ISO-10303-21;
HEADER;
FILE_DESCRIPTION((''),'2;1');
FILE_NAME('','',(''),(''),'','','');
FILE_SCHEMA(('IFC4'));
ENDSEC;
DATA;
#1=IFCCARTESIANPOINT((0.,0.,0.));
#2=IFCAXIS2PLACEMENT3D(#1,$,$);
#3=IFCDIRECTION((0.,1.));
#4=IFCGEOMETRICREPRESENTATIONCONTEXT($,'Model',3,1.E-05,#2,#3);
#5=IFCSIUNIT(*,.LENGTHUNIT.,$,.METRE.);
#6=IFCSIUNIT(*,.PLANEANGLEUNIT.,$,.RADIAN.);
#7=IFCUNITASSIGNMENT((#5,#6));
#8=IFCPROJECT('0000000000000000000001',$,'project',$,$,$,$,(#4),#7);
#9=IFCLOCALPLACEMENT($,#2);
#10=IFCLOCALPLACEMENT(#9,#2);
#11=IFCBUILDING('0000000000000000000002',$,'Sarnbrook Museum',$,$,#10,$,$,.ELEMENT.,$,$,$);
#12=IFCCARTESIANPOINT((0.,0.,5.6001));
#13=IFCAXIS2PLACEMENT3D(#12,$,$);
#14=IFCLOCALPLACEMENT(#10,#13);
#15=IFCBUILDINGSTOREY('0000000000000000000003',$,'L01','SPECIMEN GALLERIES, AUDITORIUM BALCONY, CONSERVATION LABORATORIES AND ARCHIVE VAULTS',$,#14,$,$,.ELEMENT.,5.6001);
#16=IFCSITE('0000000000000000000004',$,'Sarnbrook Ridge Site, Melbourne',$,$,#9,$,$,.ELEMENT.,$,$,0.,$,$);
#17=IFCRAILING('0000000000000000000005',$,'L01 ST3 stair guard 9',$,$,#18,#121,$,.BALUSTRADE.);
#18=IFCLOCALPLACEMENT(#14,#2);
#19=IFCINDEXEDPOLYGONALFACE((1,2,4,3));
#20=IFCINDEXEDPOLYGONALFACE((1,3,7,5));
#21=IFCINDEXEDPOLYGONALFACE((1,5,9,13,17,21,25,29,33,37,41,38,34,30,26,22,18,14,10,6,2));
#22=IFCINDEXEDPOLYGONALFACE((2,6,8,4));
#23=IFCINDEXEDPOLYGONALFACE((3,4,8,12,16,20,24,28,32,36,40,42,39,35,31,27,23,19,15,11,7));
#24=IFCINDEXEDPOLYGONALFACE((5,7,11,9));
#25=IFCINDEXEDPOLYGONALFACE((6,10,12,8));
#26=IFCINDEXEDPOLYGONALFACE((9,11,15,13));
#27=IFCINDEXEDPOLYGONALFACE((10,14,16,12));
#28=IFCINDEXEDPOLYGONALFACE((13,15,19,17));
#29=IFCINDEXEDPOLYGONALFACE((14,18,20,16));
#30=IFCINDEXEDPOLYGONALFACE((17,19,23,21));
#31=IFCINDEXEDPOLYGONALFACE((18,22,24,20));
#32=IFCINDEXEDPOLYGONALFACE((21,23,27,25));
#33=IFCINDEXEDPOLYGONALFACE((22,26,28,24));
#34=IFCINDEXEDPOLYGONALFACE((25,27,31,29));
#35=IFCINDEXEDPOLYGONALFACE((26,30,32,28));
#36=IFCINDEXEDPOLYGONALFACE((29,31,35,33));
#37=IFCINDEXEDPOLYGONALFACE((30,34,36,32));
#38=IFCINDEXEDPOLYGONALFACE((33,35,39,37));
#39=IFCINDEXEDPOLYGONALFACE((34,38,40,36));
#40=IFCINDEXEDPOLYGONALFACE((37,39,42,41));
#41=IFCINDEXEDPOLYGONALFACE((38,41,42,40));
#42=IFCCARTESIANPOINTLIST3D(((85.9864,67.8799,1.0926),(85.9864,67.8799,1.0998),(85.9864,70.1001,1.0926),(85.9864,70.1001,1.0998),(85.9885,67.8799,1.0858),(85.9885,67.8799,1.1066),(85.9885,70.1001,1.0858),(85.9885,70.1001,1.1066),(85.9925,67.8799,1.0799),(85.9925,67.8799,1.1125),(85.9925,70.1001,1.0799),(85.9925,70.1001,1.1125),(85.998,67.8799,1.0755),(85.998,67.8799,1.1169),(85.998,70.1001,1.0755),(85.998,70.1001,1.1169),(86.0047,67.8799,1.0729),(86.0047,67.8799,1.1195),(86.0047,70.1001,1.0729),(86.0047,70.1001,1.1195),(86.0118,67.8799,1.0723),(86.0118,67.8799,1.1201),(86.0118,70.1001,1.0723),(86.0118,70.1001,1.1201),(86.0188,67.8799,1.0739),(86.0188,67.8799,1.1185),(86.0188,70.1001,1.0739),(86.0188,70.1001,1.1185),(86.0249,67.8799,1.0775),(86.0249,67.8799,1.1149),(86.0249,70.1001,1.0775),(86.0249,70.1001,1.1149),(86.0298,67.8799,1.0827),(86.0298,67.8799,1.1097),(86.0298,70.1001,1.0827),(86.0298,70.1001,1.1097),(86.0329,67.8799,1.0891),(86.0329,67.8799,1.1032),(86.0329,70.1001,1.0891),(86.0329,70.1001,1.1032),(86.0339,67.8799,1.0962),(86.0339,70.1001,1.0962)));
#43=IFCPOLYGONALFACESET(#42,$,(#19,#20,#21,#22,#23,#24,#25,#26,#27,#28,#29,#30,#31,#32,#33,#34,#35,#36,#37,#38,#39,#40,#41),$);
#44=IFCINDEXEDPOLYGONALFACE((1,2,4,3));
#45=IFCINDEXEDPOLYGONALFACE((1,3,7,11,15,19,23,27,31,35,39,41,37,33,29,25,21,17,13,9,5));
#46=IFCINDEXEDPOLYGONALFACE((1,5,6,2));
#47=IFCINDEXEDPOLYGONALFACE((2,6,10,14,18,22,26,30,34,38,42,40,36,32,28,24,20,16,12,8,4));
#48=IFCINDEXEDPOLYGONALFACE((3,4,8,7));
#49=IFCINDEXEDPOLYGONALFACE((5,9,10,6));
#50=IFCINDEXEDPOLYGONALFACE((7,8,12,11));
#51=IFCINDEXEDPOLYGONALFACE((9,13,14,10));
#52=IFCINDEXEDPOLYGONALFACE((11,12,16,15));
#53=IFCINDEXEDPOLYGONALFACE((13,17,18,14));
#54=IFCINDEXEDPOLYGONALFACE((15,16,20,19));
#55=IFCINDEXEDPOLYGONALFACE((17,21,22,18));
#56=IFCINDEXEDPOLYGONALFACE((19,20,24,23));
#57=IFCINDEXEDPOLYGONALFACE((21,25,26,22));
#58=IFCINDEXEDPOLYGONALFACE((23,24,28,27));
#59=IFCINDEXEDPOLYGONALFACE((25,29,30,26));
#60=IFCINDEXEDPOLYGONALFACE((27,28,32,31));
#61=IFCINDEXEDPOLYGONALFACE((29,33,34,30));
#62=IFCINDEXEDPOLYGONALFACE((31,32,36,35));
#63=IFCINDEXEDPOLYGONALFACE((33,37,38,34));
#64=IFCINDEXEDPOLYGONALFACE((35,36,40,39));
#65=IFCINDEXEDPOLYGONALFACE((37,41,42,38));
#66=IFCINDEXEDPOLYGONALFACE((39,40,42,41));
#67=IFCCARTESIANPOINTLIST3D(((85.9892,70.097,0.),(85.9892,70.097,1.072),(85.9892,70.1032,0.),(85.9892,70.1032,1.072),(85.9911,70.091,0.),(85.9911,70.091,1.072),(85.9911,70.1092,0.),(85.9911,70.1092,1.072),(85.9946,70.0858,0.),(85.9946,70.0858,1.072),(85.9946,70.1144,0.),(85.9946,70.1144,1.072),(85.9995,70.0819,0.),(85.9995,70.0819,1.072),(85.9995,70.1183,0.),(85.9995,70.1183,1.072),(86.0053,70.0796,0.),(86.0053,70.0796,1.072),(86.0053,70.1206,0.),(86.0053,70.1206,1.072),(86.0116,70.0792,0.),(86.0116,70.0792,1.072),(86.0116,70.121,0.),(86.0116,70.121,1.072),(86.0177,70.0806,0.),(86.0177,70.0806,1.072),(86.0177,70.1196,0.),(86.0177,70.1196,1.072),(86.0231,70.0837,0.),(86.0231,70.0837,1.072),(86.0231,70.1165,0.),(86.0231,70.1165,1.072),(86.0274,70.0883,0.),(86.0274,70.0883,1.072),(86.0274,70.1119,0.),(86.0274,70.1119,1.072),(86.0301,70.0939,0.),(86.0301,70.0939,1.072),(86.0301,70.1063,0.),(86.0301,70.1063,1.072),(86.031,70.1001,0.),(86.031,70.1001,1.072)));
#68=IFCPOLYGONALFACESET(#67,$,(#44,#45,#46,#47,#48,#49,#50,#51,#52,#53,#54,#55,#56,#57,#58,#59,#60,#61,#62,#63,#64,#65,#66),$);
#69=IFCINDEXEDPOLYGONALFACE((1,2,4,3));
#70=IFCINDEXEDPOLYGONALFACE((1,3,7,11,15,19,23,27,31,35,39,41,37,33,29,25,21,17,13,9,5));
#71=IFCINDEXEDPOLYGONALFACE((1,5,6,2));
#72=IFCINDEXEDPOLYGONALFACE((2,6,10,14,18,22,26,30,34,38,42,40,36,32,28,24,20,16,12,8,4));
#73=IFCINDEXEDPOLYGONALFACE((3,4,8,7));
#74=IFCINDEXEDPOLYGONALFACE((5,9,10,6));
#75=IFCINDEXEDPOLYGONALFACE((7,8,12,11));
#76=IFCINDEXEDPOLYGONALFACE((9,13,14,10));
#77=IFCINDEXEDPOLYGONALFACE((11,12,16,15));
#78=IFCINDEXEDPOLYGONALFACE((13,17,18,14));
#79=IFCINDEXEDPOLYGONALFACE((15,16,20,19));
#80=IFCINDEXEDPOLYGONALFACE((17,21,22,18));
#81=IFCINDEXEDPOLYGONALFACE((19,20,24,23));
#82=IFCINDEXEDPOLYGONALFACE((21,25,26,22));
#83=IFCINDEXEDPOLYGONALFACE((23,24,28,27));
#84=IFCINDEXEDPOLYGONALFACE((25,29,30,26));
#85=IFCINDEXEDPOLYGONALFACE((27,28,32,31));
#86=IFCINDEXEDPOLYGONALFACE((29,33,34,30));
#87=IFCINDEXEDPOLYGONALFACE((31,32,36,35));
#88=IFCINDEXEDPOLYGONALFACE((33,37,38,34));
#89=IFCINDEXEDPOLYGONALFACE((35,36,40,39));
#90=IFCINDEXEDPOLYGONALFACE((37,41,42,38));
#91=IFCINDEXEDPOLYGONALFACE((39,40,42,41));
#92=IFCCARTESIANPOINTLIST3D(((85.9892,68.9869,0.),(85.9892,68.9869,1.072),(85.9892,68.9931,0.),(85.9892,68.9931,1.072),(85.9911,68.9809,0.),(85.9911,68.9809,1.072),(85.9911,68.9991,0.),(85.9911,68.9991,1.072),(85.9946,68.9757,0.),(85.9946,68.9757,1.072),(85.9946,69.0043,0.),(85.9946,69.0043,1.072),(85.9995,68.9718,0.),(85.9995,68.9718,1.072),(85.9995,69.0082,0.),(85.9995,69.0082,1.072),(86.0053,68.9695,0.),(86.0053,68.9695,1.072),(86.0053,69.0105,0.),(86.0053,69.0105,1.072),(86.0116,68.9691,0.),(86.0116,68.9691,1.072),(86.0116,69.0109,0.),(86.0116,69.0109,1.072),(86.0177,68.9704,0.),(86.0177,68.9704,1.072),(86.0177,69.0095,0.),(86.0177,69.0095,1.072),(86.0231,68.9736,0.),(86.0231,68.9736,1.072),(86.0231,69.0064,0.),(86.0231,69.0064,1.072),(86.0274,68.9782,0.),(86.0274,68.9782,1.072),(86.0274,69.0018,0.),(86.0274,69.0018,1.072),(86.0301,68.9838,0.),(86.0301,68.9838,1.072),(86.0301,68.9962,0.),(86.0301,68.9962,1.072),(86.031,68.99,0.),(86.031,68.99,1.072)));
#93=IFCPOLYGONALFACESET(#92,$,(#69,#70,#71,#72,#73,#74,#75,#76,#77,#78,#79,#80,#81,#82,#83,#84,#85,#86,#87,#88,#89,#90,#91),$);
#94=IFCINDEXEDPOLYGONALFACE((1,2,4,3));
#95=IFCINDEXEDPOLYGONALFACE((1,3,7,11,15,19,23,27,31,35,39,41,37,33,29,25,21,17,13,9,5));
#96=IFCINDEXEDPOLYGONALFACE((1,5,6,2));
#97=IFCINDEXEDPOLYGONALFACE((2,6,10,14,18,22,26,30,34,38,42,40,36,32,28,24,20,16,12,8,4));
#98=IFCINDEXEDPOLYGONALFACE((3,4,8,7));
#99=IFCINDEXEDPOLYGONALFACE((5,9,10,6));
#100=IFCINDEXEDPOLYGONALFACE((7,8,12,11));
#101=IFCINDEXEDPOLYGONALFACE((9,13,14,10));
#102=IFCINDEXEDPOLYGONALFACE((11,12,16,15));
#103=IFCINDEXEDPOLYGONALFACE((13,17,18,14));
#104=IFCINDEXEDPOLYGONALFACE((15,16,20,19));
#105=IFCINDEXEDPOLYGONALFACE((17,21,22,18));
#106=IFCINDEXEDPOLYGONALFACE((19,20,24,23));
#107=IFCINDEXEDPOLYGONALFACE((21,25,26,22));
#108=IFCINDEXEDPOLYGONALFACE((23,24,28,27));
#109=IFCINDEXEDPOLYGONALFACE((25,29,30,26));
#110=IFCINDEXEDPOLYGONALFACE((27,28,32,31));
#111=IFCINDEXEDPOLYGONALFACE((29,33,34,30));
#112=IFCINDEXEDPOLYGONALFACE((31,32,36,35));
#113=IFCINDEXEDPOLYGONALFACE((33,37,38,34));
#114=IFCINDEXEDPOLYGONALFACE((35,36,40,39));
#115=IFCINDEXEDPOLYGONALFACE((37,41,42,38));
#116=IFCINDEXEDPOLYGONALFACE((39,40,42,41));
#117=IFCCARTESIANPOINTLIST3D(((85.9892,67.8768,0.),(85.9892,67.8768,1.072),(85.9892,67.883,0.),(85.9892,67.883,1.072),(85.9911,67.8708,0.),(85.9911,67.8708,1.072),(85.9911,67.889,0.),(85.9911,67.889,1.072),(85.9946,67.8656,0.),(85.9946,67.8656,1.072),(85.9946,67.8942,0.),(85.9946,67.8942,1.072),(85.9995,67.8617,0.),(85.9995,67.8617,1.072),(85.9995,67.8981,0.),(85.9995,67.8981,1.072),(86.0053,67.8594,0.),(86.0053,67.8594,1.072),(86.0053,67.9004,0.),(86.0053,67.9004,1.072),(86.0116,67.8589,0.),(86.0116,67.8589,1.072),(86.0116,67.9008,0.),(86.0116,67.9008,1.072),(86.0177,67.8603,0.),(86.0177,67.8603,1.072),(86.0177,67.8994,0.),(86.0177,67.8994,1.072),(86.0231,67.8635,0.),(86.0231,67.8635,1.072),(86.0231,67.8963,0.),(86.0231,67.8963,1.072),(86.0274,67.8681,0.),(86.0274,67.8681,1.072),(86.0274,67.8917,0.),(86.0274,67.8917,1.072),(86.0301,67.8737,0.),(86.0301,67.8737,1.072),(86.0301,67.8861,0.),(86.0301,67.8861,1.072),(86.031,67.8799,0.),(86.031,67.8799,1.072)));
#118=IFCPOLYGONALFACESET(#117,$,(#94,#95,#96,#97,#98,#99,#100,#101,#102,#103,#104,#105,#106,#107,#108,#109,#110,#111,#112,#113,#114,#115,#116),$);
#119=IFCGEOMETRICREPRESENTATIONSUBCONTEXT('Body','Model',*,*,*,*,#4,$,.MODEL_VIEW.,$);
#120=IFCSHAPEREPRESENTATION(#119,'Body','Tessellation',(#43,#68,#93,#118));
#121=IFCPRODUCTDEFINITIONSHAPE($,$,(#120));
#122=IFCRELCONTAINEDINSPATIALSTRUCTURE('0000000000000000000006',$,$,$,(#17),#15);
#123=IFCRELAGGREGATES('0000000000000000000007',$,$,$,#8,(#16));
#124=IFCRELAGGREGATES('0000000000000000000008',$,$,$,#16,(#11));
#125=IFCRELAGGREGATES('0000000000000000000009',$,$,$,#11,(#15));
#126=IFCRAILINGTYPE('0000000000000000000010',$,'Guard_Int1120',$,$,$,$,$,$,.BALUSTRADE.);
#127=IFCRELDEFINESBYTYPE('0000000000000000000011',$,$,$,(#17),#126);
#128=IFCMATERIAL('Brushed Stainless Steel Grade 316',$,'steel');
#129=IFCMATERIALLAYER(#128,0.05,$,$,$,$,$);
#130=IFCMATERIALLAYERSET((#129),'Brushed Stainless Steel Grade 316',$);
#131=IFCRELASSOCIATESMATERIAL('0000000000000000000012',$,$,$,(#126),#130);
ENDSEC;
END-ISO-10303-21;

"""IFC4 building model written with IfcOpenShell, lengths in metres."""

from ifc_helpers import new_model, si_unit, direction, frame, origin, origin_2d, place, context, subcontext, project, spatial, circle, extrude, material, layer, layer_set, type_object, element, save


model = new_model("IFC4")

# Units and contexts
model_context = context("Model", 3, precision=1e-05, world=origin(), true_north=direction((0.0, 1.0)))
body_context = subcontext(model_context, "Body", "Model", "MODEL_VIEW")
ifc_project = project(units=[si_unit("LENGTHUNIT", "METRE"), si_unit("PLANEANGLEUNIT", "RADIAN")], contexts=[model_context])

# Site, building, storey
site_placement = place(None, origin())
site = spatial("IfcSite", under=ifc_project, at=site_placement, Name="Sarnbrook Ridge Site, Melbourne", CompositionType="ELEMENT", RefElevation=0.0)
building_placement = place(site_placement, origin())
building = spatial("IfcBuilding", under=site, at=building_placement, Name="Sarnbrook Museum", CompositionType="ELEMENT")
storey_placement = place(building_placement, frame((0.0, 0.0, 5.6001)))
storey = spatial("IfcBuildingStorey", under=building, at=storey_placement, Name="L01", Description="SPECIMEN GALLERIES, AUDITORIUM BALCONY, CONSERVATION LABORATORIES AND ARCHIVE VAULTS", CompositionType="ELEMENT", Elevation=5.6001)

# Shared definitions
ifc_material_1 = material(Name="Brushed Stainless Steel Grade 316", Category="steel")

# Railing
ifc_layer_1 = layer(ifc_material_1, 0.05)
ifc_layer_set_1 = layer_set([ifc_layer_1], Name="Brushed Stainless Steel Grade 316")
railing_type_1 = type_object("IfcRailingType", Name="Guard_Int1120", PredefinedType="BALUSTRADE", material=ifc_layer_set_1)
for number, where, name in (
    (1, (86.01, 70.1001, 0.0), "L01 ST3 stair guard 9"),
):
    element("IfcRailing", number, at=place(storey_placement, frame(where)), inside=storey, type_object=railing_type_1, Name=name, PredefinedType="BALUSTRADE", context=body_context, shape_type="SweptSolid", body=[
        extrude(circle(Radius=0.0239, at=origin_2d()), frame((0.0, 0.0, 1.0962), z_axis=(0.0, -1.0, 0.0), x_axis=(1.0, 0.0, 0.0)), (0.0, 0.0, 1.0), 2.2202),
        extrude(circle(Radius=0.021, at=origin_2d()), origin(), (0.0, 0.0, 1.0), 1.072),
        extrude(circle(Radius=0.021, at=origin_2d()), frame((0.0, -1.1101, 0.0)), (0.0, 0.0, 1.0), 1.072),
        extrude(circle(Radius=0.021, at=origin_2d()), frame((0.0, -2.2202, 0.0)), (0.0, 0.0, 1.0), 1.072),
    ])

save(model, "model.ifc")
